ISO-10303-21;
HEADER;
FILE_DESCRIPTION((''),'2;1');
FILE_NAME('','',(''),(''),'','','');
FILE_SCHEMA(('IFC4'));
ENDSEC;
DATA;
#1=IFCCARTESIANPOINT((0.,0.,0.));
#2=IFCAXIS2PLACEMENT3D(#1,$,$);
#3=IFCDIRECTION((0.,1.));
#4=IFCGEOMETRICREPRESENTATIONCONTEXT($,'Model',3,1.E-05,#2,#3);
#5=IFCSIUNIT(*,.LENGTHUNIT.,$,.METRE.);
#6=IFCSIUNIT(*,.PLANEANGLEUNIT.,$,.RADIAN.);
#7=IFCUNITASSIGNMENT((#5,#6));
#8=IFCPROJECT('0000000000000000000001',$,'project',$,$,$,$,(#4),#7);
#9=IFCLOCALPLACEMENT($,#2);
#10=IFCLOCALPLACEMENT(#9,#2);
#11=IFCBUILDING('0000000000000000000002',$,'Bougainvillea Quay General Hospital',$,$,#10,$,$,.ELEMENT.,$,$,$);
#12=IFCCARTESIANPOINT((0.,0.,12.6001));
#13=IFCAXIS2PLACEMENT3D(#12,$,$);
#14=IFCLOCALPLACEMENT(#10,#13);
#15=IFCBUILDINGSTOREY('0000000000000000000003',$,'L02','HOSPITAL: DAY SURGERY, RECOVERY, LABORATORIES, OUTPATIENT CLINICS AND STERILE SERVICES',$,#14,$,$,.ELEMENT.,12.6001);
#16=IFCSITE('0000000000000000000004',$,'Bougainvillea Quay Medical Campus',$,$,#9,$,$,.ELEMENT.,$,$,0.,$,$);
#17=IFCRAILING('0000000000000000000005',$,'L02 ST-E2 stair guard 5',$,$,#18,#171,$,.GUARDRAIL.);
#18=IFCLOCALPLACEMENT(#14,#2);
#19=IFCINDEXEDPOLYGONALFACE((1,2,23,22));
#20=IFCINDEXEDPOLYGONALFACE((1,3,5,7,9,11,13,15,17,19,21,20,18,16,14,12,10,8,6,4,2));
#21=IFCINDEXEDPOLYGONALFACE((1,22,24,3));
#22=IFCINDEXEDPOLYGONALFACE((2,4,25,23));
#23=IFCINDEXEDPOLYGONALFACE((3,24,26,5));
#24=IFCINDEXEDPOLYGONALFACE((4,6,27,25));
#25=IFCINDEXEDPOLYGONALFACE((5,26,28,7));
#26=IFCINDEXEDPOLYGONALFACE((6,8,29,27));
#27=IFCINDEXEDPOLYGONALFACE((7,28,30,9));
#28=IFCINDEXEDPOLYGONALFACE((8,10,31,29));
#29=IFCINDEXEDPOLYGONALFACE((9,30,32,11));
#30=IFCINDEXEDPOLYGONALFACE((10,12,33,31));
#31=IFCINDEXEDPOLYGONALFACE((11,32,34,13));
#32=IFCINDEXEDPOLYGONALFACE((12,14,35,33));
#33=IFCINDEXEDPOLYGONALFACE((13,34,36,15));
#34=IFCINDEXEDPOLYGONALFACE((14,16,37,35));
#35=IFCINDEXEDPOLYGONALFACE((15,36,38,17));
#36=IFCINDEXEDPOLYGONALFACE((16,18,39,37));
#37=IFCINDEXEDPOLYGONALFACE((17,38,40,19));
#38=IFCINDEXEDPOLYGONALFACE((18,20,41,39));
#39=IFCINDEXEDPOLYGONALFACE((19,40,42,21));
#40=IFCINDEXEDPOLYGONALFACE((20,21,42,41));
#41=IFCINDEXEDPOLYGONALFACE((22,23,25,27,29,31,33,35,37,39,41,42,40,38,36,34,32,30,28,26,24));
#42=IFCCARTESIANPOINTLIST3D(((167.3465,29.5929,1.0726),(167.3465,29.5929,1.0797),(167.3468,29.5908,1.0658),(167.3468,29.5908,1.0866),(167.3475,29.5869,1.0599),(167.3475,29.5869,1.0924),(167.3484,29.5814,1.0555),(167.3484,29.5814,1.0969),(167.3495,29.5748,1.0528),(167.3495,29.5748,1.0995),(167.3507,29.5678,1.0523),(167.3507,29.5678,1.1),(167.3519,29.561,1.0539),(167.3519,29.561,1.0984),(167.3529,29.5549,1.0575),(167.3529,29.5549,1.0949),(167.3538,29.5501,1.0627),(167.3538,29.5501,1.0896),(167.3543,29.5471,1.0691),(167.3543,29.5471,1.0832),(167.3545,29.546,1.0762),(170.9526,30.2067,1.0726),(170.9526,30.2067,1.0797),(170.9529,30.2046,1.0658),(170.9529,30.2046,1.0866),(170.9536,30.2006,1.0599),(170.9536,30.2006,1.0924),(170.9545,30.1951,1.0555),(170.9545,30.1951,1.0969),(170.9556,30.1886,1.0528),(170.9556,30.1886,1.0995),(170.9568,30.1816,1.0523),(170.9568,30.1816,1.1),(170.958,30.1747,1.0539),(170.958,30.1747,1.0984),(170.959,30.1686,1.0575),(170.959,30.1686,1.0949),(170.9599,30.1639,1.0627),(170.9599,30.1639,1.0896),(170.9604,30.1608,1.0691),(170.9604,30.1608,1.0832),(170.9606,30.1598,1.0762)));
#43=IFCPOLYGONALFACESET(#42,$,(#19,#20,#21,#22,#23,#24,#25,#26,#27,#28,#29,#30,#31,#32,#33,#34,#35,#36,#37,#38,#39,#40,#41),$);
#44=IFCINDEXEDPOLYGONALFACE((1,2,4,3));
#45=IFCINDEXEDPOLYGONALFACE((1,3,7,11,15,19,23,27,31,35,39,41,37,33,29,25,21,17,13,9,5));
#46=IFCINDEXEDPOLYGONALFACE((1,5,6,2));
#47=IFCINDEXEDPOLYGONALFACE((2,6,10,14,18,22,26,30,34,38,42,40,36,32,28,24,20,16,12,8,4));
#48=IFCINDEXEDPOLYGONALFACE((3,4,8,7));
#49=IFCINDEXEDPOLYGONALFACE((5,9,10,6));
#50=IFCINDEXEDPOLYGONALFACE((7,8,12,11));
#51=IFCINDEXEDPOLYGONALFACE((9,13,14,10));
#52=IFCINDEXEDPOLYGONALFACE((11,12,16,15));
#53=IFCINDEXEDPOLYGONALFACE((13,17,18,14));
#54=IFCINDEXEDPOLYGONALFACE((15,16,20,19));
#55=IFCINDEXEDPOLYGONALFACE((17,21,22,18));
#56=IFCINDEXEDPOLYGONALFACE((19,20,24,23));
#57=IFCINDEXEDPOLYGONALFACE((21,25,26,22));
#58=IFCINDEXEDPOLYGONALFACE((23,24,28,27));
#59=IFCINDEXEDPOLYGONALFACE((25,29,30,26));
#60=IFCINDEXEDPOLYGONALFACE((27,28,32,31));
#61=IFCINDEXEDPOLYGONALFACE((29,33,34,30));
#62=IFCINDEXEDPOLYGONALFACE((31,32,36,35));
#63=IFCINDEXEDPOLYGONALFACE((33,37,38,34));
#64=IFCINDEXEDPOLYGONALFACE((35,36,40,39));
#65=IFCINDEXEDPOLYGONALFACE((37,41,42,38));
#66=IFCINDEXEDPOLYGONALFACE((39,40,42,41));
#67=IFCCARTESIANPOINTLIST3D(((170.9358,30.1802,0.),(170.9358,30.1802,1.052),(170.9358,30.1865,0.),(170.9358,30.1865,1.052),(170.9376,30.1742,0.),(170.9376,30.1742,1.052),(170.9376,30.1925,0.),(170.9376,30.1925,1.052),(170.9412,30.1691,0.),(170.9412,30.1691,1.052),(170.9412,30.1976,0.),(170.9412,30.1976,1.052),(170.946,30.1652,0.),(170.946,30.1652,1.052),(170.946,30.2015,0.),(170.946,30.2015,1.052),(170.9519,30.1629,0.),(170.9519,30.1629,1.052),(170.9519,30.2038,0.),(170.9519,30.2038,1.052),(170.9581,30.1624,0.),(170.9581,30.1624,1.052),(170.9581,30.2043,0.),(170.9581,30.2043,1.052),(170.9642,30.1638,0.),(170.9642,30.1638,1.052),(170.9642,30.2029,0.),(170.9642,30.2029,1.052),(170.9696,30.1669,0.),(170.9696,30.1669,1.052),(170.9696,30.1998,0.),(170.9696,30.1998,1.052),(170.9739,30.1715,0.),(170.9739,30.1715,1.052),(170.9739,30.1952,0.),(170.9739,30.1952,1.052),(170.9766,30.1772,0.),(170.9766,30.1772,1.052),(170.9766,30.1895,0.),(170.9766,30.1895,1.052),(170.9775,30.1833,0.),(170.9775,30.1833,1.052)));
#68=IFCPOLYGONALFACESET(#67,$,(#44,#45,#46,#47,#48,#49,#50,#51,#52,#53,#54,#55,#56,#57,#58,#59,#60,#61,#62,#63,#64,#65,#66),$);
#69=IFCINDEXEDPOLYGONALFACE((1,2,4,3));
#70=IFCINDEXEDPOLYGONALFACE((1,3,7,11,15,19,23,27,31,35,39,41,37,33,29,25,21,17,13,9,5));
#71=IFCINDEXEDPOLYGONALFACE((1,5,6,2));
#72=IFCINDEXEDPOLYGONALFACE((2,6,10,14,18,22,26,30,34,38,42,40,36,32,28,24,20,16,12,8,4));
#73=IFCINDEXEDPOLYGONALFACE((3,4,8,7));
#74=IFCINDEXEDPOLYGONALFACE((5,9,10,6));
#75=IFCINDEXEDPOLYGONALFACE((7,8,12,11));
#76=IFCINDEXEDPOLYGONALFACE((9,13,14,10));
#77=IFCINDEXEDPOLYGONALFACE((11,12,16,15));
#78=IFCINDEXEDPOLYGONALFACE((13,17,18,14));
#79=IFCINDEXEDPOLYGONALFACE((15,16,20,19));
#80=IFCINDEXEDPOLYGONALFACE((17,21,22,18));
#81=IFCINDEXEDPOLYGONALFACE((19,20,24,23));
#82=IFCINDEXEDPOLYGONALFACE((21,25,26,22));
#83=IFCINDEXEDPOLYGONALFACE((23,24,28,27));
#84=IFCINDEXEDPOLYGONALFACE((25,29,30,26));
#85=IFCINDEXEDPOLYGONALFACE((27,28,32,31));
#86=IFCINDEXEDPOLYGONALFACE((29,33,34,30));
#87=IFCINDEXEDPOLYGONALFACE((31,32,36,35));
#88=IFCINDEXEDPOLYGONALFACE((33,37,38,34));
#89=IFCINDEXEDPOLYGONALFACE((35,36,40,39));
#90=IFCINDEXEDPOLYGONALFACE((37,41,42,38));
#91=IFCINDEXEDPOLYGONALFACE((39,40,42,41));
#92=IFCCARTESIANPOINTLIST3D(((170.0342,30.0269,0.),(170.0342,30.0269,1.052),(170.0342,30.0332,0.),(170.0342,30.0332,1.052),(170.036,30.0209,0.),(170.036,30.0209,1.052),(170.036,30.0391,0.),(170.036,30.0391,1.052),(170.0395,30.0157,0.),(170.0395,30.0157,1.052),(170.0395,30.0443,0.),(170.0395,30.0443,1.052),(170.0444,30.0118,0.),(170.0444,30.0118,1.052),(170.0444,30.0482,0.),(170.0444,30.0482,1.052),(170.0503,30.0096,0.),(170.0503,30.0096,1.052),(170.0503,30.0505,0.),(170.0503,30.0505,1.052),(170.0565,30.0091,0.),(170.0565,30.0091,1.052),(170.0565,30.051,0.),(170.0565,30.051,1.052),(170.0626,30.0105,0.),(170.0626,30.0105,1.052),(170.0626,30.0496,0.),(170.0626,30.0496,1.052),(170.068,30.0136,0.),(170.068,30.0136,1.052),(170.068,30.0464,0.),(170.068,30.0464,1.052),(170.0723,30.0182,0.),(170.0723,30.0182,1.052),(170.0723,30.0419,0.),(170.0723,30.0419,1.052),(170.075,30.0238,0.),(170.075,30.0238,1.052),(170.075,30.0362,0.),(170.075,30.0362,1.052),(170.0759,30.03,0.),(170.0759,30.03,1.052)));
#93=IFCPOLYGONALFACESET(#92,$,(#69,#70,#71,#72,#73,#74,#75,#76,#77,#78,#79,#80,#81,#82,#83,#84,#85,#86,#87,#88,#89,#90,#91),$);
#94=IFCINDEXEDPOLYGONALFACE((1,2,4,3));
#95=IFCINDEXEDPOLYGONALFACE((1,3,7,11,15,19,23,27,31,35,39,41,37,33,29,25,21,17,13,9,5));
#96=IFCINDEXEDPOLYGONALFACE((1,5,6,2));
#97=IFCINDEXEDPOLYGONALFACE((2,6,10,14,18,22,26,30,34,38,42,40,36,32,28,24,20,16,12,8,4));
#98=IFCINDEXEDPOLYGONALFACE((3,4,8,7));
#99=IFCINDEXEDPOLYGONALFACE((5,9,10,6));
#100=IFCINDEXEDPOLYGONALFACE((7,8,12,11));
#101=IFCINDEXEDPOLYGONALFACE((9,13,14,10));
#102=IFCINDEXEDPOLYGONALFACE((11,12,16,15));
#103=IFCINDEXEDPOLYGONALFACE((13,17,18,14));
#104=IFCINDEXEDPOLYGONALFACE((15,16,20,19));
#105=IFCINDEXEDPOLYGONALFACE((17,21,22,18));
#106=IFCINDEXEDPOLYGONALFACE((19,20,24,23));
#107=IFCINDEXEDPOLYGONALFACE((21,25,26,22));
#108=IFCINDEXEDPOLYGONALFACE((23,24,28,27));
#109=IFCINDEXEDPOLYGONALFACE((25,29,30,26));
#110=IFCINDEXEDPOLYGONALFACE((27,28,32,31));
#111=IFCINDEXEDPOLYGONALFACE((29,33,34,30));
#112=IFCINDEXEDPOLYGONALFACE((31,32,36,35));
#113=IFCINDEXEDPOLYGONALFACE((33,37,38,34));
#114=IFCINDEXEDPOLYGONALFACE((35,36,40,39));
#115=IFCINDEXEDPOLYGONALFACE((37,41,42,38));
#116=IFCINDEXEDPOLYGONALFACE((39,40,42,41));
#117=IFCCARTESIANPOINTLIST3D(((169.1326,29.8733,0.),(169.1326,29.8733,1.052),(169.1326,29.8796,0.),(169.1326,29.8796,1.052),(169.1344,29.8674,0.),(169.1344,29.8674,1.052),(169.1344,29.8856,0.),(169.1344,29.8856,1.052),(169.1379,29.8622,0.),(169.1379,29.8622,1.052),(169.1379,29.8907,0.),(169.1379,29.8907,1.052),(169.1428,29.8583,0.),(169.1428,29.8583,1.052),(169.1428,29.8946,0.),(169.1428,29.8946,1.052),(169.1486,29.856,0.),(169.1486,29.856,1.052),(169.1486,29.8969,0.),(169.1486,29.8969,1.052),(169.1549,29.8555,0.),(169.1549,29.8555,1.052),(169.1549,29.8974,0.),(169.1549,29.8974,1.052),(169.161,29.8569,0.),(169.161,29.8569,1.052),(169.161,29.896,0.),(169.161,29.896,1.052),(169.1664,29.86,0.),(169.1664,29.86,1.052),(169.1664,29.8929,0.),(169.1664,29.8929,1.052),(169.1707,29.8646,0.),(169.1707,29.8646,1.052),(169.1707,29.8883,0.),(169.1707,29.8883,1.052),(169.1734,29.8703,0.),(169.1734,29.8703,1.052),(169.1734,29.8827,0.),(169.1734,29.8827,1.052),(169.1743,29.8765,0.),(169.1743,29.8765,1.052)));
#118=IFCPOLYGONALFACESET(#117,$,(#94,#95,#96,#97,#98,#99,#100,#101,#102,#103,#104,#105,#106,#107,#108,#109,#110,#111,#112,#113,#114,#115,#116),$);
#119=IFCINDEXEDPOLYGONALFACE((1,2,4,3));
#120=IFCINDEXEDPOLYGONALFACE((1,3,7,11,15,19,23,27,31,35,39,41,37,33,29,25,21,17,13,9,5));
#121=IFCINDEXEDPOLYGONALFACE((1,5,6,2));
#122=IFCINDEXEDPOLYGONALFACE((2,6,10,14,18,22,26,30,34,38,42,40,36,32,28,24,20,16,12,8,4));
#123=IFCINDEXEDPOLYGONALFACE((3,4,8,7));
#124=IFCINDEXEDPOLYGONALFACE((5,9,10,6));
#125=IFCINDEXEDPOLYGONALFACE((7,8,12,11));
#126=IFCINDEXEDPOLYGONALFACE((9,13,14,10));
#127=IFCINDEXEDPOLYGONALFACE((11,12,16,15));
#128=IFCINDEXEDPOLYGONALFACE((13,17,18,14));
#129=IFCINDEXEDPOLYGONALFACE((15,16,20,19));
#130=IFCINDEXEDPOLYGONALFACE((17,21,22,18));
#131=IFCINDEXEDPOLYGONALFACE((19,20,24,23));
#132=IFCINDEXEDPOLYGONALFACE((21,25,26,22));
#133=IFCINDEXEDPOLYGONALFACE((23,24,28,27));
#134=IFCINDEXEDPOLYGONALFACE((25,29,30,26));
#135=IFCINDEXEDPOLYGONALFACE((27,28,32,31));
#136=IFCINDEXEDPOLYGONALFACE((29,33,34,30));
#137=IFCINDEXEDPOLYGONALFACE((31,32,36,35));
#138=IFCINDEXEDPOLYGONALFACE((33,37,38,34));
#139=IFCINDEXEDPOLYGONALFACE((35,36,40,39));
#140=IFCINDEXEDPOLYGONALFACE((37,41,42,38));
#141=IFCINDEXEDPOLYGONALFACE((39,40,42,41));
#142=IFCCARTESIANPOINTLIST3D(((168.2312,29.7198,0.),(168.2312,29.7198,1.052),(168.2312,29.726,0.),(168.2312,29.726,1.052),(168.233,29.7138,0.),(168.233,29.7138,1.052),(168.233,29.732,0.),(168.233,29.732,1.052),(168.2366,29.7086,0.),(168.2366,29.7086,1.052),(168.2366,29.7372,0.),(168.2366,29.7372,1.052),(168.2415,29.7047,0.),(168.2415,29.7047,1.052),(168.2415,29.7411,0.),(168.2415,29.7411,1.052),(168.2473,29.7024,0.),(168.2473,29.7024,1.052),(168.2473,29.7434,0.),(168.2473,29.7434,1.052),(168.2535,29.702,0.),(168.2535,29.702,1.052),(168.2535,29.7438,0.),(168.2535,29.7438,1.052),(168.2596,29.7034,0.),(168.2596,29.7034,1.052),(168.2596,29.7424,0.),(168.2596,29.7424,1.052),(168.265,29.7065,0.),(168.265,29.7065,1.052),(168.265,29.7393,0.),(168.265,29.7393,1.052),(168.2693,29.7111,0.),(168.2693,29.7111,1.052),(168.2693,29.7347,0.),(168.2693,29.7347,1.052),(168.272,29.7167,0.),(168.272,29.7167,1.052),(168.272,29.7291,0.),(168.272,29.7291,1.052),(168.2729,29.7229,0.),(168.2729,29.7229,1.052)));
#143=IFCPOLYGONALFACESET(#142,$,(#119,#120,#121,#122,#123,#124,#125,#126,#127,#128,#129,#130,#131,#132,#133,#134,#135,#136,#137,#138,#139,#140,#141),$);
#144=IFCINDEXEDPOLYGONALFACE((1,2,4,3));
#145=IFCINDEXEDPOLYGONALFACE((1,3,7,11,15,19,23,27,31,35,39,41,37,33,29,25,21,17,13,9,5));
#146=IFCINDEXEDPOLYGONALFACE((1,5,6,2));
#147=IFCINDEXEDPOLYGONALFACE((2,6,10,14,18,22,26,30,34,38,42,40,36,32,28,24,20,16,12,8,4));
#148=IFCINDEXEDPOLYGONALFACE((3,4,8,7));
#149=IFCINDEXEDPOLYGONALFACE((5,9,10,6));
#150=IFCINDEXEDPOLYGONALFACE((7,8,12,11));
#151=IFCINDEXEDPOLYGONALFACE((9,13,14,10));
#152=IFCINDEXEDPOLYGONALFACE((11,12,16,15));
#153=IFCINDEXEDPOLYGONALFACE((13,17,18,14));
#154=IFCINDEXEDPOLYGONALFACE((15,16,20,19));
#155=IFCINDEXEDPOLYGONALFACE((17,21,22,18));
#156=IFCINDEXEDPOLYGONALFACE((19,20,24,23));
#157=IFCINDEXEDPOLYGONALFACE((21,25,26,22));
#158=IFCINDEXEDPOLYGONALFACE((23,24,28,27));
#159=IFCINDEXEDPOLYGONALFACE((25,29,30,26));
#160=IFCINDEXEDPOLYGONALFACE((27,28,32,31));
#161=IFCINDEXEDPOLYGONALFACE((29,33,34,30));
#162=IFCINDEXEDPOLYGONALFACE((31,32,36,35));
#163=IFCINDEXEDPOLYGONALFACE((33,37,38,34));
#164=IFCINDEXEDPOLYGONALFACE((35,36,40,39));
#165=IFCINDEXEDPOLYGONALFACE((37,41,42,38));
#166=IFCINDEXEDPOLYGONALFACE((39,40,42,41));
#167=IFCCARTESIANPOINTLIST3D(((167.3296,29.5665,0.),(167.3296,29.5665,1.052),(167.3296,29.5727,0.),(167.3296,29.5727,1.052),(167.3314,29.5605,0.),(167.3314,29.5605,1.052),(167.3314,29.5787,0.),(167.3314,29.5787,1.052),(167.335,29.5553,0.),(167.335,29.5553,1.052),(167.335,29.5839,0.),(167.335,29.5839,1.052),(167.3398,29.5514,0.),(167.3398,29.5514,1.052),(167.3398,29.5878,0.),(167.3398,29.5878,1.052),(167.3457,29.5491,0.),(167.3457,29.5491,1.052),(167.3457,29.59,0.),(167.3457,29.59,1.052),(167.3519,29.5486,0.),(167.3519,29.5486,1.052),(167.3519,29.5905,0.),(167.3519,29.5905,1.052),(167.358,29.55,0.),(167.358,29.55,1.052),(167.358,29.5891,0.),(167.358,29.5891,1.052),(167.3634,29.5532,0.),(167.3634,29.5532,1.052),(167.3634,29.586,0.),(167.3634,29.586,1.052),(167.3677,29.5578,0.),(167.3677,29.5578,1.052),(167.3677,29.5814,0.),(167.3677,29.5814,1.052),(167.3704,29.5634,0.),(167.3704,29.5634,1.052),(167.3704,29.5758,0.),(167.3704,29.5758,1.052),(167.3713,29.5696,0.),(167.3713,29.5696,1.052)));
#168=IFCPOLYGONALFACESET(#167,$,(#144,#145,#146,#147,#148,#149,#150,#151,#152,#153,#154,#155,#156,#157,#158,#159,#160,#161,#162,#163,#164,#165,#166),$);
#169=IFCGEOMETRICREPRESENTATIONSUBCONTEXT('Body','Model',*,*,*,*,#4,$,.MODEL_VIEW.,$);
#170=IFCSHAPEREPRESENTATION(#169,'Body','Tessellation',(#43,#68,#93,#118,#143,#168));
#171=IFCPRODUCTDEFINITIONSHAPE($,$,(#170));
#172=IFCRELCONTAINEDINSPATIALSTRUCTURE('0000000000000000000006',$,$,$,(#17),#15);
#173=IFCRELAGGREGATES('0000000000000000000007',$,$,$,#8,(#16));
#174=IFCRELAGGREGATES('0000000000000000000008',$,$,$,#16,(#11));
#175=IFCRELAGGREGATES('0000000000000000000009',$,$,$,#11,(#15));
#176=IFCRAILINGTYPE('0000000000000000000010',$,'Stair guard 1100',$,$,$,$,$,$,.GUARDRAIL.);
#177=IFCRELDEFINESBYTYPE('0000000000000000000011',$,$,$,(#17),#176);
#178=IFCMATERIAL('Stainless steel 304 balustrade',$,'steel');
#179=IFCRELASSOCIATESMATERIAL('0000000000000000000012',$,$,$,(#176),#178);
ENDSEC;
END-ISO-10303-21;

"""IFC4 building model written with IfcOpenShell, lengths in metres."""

from ifc_helpers import new_model, si_unit, direction, frame, origin, origin_2d, place, context, subcontext, project, spatial, circle, extrude, material, type_object, element, save


model = new_model("IFC4")

# Units and contexts
model_context = context("Model", 3, precision=1e-05, world=origin(), true_north=direction((0.0, 1.0)))
body_context = subcontext(model_context, "Body", "Model", "MODEL_VIEW")
ifc_project = project(units=[si_unit("LENGTHUNIT", "METRE"), si_unit("PLANEANGLEUNIT", "RADIAN")], contexts=[model_context])

# Site, building, storey
site_placement = place(None, origin())
site = spatial("IfcSite", under=ifc_project, at=site_placement, Name="Bougainvillea Quay Medical Campus", CompositionType="ELEMENT", RefElevation=0.0)
building_placement = place(site_placement, origin())
building = spatial("IfcBuilding", under=site, at=building_placement, Name="Bougainvillea Quay General Hospital", CompositionType="ELEMENT")
storey_placement = place(building_placement, frame((0.0, 0.0, 12.6001)))
storey = spatial("IfcBuildingStorey", under=building, at=storey_placement, Name="L02", Description="HOSPITAL: DAY SURGERY, RECOVERY, LABORATORIES, OUTPATIENT CLINICS AND STERILE SERVICES", CompositionType="ELEMENT", Elevation=12.6001)

# Railing
ifc_material_1 = material(Name="Stainless steel 304 balustrade", Category="steel")
railing_type_1 = type_object("IfcRailingType", Name="Stair guard 1100", PredefinedType="GUARDRAIL", material=ifc_material_1)
railing_1_placement = place(storey_placement, frame((170.9565, 30.1833, 0.0)))
element("IfcRailing", 1, at=railing_1_placement, inside=storey, type_object=railing_type_1, Name="L02 ST-E2 stair guard 5", PredefinedType="GUARDRAIL", context=body_context, shape_type="SweptSolid", body=[
    extrude(circle(Radius=0.0239, at=origin_2d()), frame((0.0, 0.0, 1.0762), z_axis=(-0.985824, -0.167786, 0.0), x_axis=(0.167786, -0.985824, 0.0)), (0.0, 0.0, 1.0), 3.658),
    extrude(circle(Radius=0.021, at=origin_2d()), origin(), (0.0, 0.0, 1.0), 1.052),
    extrude(circle(Radius=0.021, at=origin_2d()), frame((-0.9016, -0.1533, 0.0)), (0.0, 0.0, 1.0), 1.052),
    extrude(circle(Radius=0.021, at=origin_2d()), frame((-1.8032, -0.3069, 0.0)), (0.0, 0.0, 1.0), 1.052),
    extrude(circle(Radius=0.021, at=origin_2d()), frame((-2.7046, -0.4604, 0.0)), (0.0, 0.0, 1.0), 1.052),
    extrude(circle(Radius=0.021, at=origin_2d()), frame((-3.6062, -0.6138, 0.0)), (0.0, 0.0, 1.0), 1.052),
])

save(model, "model.ifc")
